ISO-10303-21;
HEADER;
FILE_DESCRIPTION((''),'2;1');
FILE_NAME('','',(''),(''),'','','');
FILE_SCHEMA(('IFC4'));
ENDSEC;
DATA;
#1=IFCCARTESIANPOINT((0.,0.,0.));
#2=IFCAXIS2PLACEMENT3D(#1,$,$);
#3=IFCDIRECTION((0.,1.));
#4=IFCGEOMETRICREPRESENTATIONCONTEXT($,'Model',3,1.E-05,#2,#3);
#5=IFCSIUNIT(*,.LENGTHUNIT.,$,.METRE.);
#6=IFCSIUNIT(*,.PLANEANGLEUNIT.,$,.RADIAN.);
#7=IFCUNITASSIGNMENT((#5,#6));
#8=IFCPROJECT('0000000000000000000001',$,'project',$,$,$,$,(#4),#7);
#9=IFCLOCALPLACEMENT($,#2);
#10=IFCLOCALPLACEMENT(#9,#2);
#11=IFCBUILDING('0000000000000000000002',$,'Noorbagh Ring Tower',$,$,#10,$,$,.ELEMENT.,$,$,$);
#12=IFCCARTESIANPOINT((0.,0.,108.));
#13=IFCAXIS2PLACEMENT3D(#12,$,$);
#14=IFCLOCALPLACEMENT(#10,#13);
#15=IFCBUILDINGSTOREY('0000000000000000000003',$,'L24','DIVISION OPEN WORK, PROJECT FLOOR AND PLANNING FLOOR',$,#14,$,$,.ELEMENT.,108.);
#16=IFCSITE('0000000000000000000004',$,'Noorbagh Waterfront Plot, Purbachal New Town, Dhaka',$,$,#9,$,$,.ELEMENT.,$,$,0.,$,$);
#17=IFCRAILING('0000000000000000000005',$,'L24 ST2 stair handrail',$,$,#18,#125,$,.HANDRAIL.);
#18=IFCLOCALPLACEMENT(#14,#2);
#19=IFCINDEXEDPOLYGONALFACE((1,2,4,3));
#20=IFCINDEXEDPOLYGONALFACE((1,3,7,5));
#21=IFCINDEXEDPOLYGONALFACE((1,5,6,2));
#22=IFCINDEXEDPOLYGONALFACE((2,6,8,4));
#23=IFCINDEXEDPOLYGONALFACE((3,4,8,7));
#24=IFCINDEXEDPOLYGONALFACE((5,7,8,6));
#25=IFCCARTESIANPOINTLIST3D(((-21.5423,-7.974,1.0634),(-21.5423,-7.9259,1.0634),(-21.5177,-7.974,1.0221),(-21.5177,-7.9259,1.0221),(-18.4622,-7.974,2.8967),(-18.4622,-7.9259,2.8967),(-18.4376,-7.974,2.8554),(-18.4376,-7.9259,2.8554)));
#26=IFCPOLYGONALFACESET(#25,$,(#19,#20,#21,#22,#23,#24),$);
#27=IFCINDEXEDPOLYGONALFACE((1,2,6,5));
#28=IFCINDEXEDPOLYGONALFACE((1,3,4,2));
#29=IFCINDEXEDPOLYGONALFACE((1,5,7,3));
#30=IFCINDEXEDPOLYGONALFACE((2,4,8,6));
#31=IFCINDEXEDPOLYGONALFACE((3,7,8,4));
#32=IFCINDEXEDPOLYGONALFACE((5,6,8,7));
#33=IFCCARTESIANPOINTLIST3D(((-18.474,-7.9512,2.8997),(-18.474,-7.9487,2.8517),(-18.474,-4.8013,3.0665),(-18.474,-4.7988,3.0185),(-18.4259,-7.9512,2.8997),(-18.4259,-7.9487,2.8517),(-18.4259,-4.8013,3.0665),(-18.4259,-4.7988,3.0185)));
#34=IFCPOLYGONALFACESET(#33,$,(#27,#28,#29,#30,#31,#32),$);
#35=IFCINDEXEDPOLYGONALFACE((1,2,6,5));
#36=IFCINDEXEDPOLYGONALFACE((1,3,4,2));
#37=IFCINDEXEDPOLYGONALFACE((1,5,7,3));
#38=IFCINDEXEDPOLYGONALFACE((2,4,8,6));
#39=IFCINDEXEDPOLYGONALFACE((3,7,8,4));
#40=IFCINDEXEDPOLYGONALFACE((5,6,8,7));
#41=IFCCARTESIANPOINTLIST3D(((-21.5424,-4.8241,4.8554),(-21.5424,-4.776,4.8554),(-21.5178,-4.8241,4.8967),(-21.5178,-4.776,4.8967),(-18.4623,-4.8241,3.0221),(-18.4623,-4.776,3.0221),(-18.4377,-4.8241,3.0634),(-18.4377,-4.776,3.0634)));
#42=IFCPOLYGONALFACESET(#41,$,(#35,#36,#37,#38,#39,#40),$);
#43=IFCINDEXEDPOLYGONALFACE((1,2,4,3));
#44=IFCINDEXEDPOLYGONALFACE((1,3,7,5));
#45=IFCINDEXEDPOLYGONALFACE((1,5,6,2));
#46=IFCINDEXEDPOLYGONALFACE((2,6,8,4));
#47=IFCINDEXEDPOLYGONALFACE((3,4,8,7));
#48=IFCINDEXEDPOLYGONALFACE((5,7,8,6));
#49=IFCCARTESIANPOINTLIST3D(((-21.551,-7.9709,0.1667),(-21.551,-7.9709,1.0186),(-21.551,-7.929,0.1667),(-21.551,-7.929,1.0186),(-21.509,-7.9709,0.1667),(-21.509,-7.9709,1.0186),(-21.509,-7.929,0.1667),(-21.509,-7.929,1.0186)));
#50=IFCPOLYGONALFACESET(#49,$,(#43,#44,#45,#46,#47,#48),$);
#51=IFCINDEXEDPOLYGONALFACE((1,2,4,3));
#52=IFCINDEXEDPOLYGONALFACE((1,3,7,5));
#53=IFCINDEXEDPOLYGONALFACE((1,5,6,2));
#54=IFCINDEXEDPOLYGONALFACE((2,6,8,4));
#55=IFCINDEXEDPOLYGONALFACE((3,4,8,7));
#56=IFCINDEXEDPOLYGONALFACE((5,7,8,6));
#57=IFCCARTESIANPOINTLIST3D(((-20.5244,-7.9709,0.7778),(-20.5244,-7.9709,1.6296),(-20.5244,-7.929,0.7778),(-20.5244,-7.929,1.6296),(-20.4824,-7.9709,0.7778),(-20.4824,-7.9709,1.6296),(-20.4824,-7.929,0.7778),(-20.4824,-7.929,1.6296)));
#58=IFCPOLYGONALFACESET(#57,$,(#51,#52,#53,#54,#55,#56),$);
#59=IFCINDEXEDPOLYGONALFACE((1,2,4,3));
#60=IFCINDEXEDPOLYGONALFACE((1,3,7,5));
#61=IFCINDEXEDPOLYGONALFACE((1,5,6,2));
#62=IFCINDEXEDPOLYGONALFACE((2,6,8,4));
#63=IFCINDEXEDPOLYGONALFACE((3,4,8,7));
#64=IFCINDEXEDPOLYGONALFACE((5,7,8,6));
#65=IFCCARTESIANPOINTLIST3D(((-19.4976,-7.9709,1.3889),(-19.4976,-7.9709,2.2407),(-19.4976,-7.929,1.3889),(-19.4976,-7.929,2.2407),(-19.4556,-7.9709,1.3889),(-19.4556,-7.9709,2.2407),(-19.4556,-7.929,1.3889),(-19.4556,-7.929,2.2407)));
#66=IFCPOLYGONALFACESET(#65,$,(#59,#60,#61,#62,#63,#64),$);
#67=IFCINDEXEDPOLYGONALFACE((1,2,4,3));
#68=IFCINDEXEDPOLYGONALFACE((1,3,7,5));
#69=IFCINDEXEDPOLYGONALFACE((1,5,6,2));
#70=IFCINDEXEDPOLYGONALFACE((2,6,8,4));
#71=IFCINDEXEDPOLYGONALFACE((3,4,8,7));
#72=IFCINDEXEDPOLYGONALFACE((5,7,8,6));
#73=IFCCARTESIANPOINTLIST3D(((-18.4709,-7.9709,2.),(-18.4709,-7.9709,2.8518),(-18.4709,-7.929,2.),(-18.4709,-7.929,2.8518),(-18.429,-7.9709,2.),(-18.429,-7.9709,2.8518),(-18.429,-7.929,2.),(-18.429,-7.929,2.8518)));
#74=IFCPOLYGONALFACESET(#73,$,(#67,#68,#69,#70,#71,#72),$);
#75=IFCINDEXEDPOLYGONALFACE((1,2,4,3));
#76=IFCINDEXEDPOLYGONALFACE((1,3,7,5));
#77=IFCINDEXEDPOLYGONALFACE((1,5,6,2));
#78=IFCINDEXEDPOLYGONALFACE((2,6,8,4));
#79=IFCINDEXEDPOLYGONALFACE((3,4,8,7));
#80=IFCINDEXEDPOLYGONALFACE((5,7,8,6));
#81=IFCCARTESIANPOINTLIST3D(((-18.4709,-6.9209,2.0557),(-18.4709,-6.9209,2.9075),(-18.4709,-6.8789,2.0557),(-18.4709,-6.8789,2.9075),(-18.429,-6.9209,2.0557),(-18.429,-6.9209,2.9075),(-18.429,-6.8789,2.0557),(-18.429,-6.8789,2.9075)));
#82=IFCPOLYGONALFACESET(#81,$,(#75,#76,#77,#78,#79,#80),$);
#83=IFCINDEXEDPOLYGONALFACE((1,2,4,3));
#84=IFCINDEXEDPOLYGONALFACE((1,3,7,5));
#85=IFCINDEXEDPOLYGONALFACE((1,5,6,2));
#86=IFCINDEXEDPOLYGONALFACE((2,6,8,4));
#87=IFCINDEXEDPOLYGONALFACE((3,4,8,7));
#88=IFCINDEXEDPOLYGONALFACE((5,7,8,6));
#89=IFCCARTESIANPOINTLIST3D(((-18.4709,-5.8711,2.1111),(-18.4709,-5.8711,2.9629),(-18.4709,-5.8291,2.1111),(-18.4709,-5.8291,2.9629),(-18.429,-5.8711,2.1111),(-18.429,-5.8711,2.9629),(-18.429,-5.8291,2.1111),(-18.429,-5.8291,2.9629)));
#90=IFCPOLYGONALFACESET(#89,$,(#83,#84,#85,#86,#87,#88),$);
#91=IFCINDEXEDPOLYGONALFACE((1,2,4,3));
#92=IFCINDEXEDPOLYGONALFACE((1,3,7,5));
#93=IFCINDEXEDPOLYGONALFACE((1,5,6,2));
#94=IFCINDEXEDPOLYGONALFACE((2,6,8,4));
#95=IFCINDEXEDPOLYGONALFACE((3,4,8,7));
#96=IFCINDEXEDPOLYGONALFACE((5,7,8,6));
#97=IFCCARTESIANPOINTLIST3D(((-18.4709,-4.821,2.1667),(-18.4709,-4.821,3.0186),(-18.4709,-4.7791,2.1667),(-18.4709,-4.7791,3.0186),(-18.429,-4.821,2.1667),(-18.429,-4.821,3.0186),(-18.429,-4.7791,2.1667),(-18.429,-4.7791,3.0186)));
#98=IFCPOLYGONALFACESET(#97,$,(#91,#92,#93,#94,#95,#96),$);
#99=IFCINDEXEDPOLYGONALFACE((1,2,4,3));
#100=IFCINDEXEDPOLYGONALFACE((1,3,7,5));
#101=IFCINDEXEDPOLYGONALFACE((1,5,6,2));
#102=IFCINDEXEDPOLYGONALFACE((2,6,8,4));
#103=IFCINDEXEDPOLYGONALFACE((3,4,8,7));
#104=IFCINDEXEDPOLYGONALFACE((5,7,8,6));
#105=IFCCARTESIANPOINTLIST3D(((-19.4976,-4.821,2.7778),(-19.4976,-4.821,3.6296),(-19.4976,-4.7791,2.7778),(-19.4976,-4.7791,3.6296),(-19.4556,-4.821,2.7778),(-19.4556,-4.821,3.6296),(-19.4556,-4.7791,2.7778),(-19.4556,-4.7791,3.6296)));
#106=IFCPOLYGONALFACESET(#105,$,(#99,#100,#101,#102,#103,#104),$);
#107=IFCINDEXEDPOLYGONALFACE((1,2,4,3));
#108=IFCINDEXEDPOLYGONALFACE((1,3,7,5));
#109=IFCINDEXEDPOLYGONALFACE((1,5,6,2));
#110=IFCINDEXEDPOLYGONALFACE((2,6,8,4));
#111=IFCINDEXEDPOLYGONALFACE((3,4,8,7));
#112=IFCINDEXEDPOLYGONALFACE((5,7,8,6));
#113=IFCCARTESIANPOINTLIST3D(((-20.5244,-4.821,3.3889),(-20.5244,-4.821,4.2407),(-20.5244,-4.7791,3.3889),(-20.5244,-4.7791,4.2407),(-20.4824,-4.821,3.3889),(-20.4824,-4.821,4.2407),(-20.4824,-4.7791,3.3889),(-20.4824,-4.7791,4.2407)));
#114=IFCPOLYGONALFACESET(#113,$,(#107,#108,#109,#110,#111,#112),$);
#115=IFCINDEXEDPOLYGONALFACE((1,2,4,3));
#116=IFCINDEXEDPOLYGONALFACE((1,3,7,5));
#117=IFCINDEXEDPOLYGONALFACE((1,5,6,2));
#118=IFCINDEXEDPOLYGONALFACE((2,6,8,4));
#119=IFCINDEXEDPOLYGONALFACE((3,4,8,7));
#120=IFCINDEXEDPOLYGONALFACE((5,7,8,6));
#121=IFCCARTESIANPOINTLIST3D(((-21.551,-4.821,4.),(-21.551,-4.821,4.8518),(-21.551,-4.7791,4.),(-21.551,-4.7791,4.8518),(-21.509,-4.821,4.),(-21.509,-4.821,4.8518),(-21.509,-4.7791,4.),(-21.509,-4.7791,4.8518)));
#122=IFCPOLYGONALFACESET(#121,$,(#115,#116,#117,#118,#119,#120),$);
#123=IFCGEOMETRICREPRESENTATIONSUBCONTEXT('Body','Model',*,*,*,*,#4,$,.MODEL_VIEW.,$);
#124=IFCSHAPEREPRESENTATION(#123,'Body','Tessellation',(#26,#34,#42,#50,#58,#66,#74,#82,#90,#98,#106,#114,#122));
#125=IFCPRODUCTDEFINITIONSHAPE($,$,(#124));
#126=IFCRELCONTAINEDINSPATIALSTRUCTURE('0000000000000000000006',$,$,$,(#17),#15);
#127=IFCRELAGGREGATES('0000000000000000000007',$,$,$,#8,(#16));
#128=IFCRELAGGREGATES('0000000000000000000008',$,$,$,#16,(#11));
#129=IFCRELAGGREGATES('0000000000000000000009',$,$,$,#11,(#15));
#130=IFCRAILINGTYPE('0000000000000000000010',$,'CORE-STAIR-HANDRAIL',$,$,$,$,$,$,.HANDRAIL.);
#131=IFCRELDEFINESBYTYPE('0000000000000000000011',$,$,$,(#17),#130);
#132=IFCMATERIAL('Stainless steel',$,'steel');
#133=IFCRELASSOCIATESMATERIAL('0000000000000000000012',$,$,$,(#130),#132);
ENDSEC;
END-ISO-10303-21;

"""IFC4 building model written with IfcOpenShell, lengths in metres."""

from ifc_helpers import new_model, si_unit, direction, frame, origin, origin_2d, place, context, subcontext, project, spatial, rectangle, extrude, material, type_object, element, save


model = new_model("IFC4")

# Units and contexts
model_context = context("Model", 3, precision=1e-05, world=origin(), true_north=direction((0.0, 1.0)))
body_context = subcontext(model_context, "Body", "Model", "MODEL_VIEW")
ifc_project = project(units=[si_unit("LENGTHUNIT", "METRE"), si_unit("PLANEANGLEUNIT", "RADIAN")], contexts=[model_context])

# Site, building, storey
site_placement = place(None, origin())
site = spatial("IfcSite", under=ifc_project, at=site_placement, Name="Noorbagh Waterfront Plot, Purbachal New Town, Dhaka", CompositionType="ELEMENT", RefElevation=0.0)
building_placement = place(site_placement, origin())
building = spatial("IfcBuilding", under=site, at=building_placement, Name="Noorbagh Ring Tower", CompositionType="ELEMENT")
storey_placement = place(building_placement, frame((0.0, 0.0, 108.0)))
storey = spatial("IfcBuildingStorey", under=building, at=storey_placement, Name="L24", Description="DIVISION OPEN WORK, PROJECT FLOOR AND PLANNING FLOOR", CompositionType="ELEMENT", Elevation=108.0)

# Railing
ifc_material_1 = material(Name="Stainless steel", Category="steel")
railing_type_1 = type_object("IfcRailingType", Name="CORE-STAIR-HANDRAIL", PredefinedType="HANDRAIL", material=ifc_material_1)
railing_1_placement = place(storey_placement, frame((-21.53, -7.95, 0.1667)))
element("IfcRailing", 1, at=railing_1_placement, inside=storey, type_object=railing_type_1, Name="L24 ST2 stair handrail", PredefinedType="HANDRAIL", context=body_context, shape_type="SweptSolid", body=[
    extrude(rectangle(XDim=0.0481, YDim=0.0481, at=origin_2d()), frame((0.0, 0.0, 0.876), z_axis=(0.859309, 0.0, 0.511458), x_axis=(0.0, 1.0, 0.0)), (0.0, 0.0, 1.0), 3.5845),
    extrude(rectangle(XDim=0.0481, YDim=0.0481, at=origin_2d()), frame((3.0801, 0.0, 2.709), z_axis=(0.0, 0.998602, 0.052864), x_axis=(-1.0, 0.0, 0.0)), (0.0, 0.0, 1.0), 3.1543),
    extrude(rectangle(XDim=0.0481, YDim=0.0481, at=origin_2d()), frame((3.0801, 3.1499, 2.876), z_axis=(-0.859309, 0.0, 0.511458), x_axis=(0.0, -1.0, 0.0)), (0.0, 0.0, 1.0), 3.5845),
    extrude(rectangle(XDim=0.042, YDim=0.042, at=origin_2d()), origin(), (0.0, 0.0, 1.0), 0.8518),
    extrude(rectangle(XDim=0.042, YDim=0.042, at=origin_2d()), frame((1.0266, 0.0, 0.6111)), (0.0, 0.0, 1.0), 0.8518),
    extrude(rectangle(XDim=0.042, YDim=0.042, at=origin_2d()), frame((2.0535, 0.0, 1.2222)), (0.0, 0.0, 1.0), 0.8518),
    extrude(rectangle(XDim=0.042, YDim=0.042, at=origin_2d()), frame((3.0801, 0.0, 1.8333)), (0.0, 0.0, 1.0), 0.8518),
    extrude(rectangle(XDim=0.042, YDim=0.042, at=origin_2d()), frame((3.0801, 1.05, 1.8889)), (0.0, 0.0, 1.0), 0.8518),
    extrude(rectangle(XDim=0.042, YDim=0.042, at=origin_2d()), frame((3.0801, 2.0999, 1.9443)), (0.0, 0.0, 1.0), 0.8518),
    extrude(rectangle(XDim=0.042, YDim=0.042, at=origin_2d()), frame((3.0801, 3.1499, 2.0)), (0.0, 0.0, 1.0), 0.8518),
    extrude(rectangle(XDim=0.042, YDim=0.042, at=origin_2d()), frame((2.0535, 3.1499, 2.6111)), (0.0, 0.0, 1.0), 0.8518),
    extrude(rectangle(XDim=0.042, YDim=0.042, at=origin_2d()), frame((1.0266, 3.1499, 3.2222)), (0.0, 0.0, 1.0), 0.8518),
    extrude(rectangle(XDim=0.042, YDim=0.042, at=origin_2d()), frame((0.0, 3.1499, 3.8333)), (0.0, 0.0, 1.0), 0.8518),
])

save(model, "model.ifc")
